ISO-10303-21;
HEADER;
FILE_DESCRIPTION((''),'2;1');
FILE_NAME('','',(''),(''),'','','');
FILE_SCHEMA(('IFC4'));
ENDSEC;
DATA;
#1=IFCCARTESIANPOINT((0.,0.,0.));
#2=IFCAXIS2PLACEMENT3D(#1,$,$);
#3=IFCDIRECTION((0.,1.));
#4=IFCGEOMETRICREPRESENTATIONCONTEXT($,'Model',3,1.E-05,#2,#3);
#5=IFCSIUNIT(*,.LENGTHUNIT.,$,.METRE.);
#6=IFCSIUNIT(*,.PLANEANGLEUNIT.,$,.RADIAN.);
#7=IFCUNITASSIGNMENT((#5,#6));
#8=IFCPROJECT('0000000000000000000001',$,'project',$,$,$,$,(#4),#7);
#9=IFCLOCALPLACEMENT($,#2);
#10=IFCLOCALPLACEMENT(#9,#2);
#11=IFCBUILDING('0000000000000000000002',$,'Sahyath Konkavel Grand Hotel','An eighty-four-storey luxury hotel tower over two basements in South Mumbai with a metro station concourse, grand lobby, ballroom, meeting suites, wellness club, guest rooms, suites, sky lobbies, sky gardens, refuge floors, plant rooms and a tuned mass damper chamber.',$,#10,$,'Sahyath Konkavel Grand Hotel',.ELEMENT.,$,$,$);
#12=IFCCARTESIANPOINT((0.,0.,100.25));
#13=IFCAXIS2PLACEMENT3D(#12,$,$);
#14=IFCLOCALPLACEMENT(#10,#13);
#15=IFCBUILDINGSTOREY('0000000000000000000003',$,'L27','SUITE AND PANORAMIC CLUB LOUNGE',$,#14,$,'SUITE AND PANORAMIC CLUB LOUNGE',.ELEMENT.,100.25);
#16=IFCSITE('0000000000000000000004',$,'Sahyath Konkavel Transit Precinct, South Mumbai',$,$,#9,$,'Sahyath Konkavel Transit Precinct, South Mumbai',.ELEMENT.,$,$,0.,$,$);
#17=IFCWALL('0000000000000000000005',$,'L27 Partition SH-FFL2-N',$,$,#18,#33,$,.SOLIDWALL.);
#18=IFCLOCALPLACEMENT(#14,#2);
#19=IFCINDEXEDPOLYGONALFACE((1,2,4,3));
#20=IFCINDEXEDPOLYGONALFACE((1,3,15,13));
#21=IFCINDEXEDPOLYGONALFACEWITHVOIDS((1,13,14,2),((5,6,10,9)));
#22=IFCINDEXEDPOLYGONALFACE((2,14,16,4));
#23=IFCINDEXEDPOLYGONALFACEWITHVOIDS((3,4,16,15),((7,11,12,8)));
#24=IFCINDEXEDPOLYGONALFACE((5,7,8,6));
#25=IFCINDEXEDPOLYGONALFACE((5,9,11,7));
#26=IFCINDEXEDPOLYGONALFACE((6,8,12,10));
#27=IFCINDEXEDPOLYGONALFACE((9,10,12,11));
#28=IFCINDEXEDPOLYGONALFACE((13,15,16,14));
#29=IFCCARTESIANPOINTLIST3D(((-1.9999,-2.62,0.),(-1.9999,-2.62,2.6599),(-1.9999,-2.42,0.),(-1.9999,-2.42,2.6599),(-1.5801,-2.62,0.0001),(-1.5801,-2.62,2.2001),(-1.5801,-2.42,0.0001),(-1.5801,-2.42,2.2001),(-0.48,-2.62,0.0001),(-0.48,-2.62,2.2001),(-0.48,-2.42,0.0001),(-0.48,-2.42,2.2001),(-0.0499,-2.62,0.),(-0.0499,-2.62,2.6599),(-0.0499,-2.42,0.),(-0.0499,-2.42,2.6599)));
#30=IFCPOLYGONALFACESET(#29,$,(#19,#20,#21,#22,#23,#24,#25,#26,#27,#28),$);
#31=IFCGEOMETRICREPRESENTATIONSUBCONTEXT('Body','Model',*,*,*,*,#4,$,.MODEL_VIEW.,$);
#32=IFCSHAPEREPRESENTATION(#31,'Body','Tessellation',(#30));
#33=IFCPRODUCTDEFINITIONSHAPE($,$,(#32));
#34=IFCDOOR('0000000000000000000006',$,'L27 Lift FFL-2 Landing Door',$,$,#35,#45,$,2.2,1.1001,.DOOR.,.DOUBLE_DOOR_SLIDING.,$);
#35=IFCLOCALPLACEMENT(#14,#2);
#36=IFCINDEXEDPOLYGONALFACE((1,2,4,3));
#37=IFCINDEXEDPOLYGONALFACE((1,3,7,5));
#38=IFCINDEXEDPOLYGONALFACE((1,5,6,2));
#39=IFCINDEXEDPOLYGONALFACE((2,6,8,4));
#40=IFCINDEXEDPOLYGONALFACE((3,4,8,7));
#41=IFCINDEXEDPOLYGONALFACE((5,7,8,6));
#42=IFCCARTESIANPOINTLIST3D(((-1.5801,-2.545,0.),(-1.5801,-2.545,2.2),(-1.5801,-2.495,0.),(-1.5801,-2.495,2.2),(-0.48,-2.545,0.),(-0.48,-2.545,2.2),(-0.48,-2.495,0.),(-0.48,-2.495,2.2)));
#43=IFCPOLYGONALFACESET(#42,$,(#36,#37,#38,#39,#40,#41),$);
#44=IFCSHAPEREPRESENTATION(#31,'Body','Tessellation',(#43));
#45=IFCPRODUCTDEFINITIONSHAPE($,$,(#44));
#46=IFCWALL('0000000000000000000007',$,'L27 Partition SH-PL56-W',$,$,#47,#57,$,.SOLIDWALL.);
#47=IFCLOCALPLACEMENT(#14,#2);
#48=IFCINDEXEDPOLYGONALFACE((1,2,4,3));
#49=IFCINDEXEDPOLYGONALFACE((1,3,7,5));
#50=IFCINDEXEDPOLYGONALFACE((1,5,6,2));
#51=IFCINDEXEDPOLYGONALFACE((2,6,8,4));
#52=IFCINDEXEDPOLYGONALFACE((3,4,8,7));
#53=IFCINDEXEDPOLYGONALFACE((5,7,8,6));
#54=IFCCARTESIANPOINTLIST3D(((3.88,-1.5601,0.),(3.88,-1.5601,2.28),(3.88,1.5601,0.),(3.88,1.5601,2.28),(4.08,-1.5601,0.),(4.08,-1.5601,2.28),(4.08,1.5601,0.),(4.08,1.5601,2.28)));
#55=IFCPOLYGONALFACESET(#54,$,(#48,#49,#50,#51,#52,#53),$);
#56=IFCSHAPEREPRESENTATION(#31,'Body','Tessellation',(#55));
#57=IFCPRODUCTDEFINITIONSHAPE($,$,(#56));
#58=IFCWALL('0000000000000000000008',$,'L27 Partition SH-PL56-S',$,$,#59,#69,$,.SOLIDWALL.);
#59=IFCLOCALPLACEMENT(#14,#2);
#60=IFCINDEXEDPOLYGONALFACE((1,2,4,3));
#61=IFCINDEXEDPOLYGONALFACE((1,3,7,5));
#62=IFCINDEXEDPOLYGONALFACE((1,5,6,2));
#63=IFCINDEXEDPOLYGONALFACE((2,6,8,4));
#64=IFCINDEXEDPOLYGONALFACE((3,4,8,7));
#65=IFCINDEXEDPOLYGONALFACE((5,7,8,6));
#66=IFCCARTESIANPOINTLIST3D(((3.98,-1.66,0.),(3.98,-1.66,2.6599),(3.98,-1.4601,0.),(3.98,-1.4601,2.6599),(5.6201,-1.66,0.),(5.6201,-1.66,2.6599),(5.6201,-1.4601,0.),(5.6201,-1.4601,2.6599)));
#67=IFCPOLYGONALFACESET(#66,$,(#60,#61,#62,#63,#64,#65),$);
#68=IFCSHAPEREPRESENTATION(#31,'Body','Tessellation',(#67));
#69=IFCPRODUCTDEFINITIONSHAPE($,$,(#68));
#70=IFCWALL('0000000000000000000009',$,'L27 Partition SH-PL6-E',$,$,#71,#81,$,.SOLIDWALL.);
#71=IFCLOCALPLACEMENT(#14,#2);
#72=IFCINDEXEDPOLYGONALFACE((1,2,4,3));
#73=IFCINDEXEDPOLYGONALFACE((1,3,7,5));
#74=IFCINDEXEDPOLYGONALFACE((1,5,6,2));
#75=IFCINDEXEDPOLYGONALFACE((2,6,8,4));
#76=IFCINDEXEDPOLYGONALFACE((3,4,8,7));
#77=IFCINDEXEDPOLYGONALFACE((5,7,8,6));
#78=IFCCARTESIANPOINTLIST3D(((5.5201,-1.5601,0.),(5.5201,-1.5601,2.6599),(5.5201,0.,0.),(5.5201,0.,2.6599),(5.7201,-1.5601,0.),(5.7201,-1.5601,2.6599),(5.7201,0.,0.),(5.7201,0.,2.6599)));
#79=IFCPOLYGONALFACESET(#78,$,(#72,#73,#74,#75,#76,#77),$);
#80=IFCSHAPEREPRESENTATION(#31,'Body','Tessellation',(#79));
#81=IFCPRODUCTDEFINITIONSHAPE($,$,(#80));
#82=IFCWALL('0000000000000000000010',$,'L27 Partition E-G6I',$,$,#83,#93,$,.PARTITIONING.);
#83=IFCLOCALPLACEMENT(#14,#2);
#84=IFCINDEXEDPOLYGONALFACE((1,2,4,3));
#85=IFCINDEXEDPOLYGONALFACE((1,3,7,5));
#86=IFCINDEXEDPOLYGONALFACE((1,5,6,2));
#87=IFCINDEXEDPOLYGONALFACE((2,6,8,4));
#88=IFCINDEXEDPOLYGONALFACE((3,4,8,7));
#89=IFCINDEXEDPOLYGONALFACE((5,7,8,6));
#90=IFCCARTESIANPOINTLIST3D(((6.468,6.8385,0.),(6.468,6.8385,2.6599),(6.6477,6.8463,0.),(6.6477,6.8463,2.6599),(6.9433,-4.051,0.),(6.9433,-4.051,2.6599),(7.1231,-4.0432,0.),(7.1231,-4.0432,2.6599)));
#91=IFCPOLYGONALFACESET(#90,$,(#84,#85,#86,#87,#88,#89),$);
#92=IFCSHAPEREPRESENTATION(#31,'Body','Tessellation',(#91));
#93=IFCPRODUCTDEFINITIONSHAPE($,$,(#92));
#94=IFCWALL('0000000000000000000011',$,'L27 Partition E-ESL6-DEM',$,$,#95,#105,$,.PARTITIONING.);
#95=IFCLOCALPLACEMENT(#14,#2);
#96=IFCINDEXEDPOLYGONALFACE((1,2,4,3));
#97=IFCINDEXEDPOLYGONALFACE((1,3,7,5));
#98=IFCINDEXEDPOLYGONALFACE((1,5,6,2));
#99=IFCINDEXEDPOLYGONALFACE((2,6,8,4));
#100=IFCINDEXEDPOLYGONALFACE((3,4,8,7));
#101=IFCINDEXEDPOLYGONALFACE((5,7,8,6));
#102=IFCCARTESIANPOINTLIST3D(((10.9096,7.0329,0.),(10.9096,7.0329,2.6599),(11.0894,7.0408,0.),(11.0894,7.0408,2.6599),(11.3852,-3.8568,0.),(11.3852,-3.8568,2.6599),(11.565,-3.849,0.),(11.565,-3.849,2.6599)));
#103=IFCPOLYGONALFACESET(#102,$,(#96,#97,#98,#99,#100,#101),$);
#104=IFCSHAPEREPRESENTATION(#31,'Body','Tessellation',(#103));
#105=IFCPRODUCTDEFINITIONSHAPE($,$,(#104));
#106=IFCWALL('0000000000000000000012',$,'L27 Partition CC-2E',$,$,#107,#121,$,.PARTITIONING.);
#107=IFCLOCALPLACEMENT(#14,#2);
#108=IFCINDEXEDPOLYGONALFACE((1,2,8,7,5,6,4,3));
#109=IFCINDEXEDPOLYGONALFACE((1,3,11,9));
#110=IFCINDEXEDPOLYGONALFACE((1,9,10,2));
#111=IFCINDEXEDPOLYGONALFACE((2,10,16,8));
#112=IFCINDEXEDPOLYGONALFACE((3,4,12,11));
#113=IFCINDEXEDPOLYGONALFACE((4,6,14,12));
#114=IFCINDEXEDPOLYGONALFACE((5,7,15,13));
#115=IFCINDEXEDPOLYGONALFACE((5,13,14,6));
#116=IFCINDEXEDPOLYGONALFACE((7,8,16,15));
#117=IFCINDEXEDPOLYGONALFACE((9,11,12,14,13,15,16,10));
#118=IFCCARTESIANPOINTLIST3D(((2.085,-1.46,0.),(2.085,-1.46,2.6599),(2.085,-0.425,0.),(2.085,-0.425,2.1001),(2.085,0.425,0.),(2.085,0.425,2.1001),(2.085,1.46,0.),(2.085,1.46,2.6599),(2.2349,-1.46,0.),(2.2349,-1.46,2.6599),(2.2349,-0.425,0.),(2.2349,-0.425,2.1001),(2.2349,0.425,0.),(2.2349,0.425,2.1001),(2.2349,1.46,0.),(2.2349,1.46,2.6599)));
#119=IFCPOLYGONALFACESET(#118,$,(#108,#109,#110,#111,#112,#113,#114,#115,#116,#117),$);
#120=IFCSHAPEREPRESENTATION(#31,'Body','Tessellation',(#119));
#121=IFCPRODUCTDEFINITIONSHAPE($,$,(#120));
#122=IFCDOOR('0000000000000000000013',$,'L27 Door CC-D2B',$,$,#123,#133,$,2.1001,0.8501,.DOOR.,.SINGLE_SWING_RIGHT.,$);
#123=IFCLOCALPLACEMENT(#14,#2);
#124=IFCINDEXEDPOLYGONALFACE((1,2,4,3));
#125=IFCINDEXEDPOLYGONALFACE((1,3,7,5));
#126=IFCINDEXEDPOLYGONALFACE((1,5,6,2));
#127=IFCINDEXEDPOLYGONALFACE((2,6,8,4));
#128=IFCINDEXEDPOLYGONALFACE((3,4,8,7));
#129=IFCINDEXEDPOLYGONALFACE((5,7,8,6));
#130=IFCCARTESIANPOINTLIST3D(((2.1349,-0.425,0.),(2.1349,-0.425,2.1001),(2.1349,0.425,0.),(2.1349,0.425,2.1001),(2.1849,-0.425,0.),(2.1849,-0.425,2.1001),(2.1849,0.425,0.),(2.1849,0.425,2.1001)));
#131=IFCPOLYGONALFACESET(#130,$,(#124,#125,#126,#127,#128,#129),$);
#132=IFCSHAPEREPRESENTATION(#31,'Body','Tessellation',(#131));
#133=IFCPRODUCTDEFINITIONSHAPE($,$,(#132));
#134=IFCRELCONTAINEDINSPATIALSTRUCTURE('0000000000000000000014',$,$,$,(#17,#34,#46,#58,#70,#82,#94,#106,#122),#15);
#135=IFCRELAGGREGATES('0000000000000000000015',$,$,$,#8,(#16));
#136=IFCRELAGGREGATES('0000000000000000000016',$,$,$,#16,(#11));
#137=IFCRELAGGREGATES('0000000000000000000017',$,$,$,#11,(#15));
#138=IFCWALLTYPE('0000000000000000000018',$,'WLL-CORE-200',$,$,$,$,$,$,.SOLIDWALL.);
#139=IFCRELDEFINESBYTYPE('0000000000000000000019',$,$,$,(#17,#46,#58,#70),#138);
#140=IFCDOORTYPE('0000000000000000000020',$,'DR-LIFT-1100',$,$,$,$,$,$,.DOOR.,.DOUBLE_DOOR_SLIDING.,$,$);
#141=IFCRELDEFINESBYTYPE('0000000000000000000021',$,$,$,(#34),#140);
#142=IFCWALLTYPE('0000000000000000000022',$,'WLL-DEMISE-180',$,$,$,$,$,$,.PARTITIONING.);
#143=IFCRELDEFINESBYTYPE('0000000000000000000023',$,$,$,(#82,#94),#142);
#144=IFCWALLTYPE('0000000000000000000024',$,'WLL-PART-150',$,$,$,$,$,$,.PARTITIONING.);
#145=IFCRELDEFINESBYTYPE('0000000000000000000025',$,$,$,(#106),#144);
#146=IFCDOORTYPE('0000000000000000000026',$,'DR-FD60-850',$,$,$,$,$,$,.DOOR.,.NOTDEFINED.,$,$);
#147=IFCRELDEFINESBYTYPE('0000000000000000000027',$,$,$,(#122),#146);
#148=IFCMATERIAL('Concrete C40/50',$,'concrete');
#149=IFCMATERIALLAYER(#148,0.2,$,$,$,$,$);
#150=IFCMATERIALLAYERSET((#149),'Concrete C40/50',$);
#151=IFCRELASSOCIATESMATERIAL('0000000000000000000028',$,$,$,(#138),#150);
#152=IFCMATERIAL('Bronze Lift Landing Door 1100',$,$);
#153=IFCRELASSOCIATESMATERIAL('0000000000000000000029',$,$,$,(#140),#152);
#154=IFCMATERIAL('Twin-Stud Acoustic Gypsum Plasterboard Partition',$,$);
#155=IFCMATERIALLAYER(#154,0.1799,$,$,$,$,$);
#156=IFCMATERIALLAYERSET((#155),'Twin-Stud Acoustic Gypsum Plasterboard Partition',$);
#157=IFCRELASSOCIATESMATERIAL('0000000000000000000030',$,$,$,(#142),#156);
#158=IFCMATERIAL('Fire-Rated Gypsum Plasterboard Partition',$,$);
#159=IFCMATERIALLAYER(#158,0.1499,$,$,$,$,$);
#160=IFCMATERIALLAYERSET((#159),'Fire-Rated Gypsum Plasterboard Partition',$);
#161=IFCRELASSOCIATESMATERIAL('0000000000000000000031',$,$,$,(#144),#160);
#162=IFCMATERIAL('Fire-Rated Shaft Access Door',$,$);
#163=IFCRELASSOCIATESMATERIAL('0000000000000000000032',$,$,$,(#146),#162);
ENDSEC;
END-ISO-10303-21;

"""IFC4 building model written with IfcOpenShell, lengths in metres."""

from ifc_helpers import new_model, si_unit, direction, frame, frame_2d, origin, origin_2d, place, context, subcontext, project, spatial, rectangle, extrude, source, transform, mapped, material, layer, layer_set, type_object, element, fill, save


model = new_model("IFC4")

# Units and contexts
model_context = context("Model", 3, precision=1e-05, world=origin(), true_north=direction((0.0, 1.0)))
body_context = subcontext(model_context, "Body", "Model", "MODEL_VIEW")
ifc_project = project(units=[si_unit("LENGTHUNIT", "METRE"), si_unit("PLANEANGLEUNIT", "RADIAN")], contexts=[model_context])

# Site, building, storey
site_placement = place(None, origin())
site = spatial("IfcSite", under=ifc_project, at=site_placement, Name="Sahyath Konkavel Transit Precinct, South Mumbai", LongName="Sahyath Konkavel Transit Precinct, South Mumbai", CompositionType="ELEMENT", RefElevation=0.0)
building_placement = place(site_placement, origin())
building = spatial("IfcBuilding", under=site, at=building_placement, Name="Sahyath Konkavel Grand Hotel", Description="An eighty-four-storey luxury hotel tower over two basements in South Mumbai with a metro station concourse, grand lobby, ballroom, meeting suites, wellness club, guest rooms, suites, sky lobbies, sky gardens, refuge floors, plant rooms and a tuned mass damper chamber.", LongName="Sahyath Konkavel Grand Hotel", CompositionType="ELEMENT")
storey_placement = place(building_placement, frame((0.0, 0.0, 100.25)))
storey = spatial("IfcBuildingStorey", under=building, at=storey_placement, Name="L27", Description="SUITE AND PANORAMIC CLUB LOUNGE", LongName="SUITE AND PANORAMIC CLUB LOUNGE", CompositionType="ELEMENT", Elevation=100.25)

# Shared definitions
ifc_material_1 = material(Name="Concrete C40/50", Category="concrete")
ifc_layer_1 = layer(ifc_material_1, 0.2)
ifc_layer_set_1 = layer_set([ifc_layer_1], Name="Concrete C40/50")
wall_type_1 = type_object("IfcWallType", Name="WLL-CORE-200", PredefinedType="SOLIDWALL", material=ifc_layer_set_1)

# Wall, opening, door
wall_1_placement = place(storey_placement, frame((-2.0, -2.52, 0.0), z_axis=(0.0, 0.0, 1.0), x_axis=(1.0, 0.0, 0.0)))
wall_1 = element("IfcWall", 1, at=wall_1_placement, inside=storey, type_object=wall_type_1, Name="L27 Partition SH-FFL2-N", PredefinedType="SOLIDWALL", context=body_context, shape_type="SweptSolid", body=[
    extrude(rectangle(XDim=1.95, YDim=0.2, at=frame_2d((0.9751, 0.0))), origin(), (0.0, 0.0, 1.0), 2.6599),
])
opening_1_placement = place(wall_1_placement, frame((0.4199, 0.0, 0.0)))
opening_1 = element("IfcOpeningElement", 2, at=opening_1_placement, cuts=wall_1, PredefinedType="OPENING", context=body_context, shape_type="SweptSolid", body=[
    extrude(rectangle(XDim=1.1001, YDim=2.2, at=frame_2d((0.55, 1.1001))), frame((0.0, 0.1099, 0.0), z_axis=(0.0, -1.0, 0.0), x_axis=(1.0, 0.0, 0.0)), (0.0, 0.0, 1.0), 0.22),
])
ifc_material_2 = material(Name="Bronze Lift Landing Door 1100")
door_type_1 = type_object("IfcDoorType", Name="DR-LIFT-1100", OperationType="DOUBLE_DOOR_SLIDING", PredefinedType="DOOR", material=ifc_material_2)
shared_shape_1 = source(origin(), body_context, "Body", "SweptSolid", [
    extrude(rectangle(XDim=1.1001, YDim=0.05, at=origin_2d()), origin(), (0.0, 0.0, 1.0), 2.2),
])
door_1_placement = place(opening_1_placement, frame((0.55, 0.0, 0.0)))
door_1 = element("IfcDoor", 3, at=door_1_placement, inside=storey, type_object=door_type_1, Name="L27 Lift FFL-2 Landing Door", OperationType="DOUBLE_DOOR_SLIDING", OverallHeight=2.2, OverallWidth=1.1001, PredefinedType="DOOR", context=body_context, shape_type="MappedRepresentation", body=[
    mapped(shared_shape_1, transform((0.0, 0.0, 0.0), scale=1.0)),
])
fill(opening_1, door_1)

# Walls
wall_2_placement = place(storey_placement, frame((3.98, -1.5601, 0.0), z_axis=(0.0, 0.0, 1.0), x_axis=(0.0, 1.0, 0.0)))
element("IfcWall", 4, at=wall_2_placement, inside=storey, type_object=wall_type_1, Name="L27 Partition SH-PL56-W", PredefinedType="SOLIDWALL", context=body_context, shape_type="SweptSolid", body=[
    extrude(rectangle(XDim=3.1201, YDim=0.2, at=frame_2d((1.5601, 0.0))), origin(), (0.0, 0.0, 1.0), 2.28),
])
wall_3_placement = place(storey_placement, frame((3.98, -1.5601, 0.0), z_axis=(0.0, 0.0, 1.0), x_axis=(1.0, 0.0, 0.0)))
element("IfcWall", 5, at=wall_3_placement, inside=storey, type_object=wall_type_1, Name="L27 Partition SH-PL56-S", PredefinedType="SOLIDWALL", context=body_context, shape_type="SweptSolid", body=[
    extrude(rectangle(XDim=1.6401, YDim=0.2, at=frame_2d((0.8201, 0.0))), origin(), (0.0, 0.0, 1.0), 2.6599),
])
wall_4_placement = place(storey_placement, frame((5.6201, -1.5601, 0.0), z_axis=(0.0, 0.0, 1.0), x_axis=(0.0, 1.0, 0.0)))
element("IfcWall", 6, at=wall_4_placement, inside=storey, type_object=wall_type_1, Name="L27 Partition SH-PL6-E", PredefinedType="SOLIDWALL", context=body_context, shape_type="SweptSolid", body=[
    extrude(rectangle(XDim=1.5601, YDim=0.2, at=frame_2d((0.78, 0.0))), origin(), (0.0, 0.0, 1.0), 2.6599),
])
ifc_material_3 = material(Name="Twin-Stud Acoustic Gypsum Plasterboard Partition")
ifc_layer_2 = layer(ifc_material_3, 0.1799)
ifc_layer_set_2 = layer_set([ifc_layer_2], Name="Twin-Stud Acoustic Gypsum Plasterboard Partition")
wall_type_2 = type_object("IfcWallType", Name="WLL-DEMISE-180", PredefinedType="PARTITIONING", material=ifc_layer_set_2)
wall_5_placement = place(storey_placement, frame((7.0332, -4.0471, 0.0), z_axis=(0.0, 0.0, 1.0), x_axis=(-0.043609, 0.999049, 0.0)))
element("IfcWall", 7, at=wall_5_placement, inside=storey, type_object=wall_type_2, Name="L27 Partition E-G6I", PredefinedType="PARTITIONING", context=body_context, shape_type="SweptSolid", body=[
    extrude(rectangle(XDim=10.8999, YDim=0.1799, at=frame_2d((5.45, 0.0))), origin(), (0.0, 0.0, 1.0), 2.6599),
])
wall_6_placement = place(storey_placement, frame((11.4751, -3.853, 0.0), z_axis=(0.0, 0.0, 1.0), x_axis=(-0.043632, 0.999048, 0.0)))
element("IfcWall", 8, at=wall_6_placement, inside=storey, type_object=wall_type_2, Name="L27 Partition E-ESL6-DEM", PredefinedType="PARTITIONING", context=body_context, shape_type="SweptSolid", body=[
    extrude(rectangle(XDim=10.9001, YDim=0.1799, at=frame_2d((5.4502, 0.0))), origin(), (0.0, 0.0, 1.0), 2.6599),
])

# Wall, opening, door
ifc_material_4 = material(Name="Fire-Rated Gypsum Plasterboard Partition")
ifc_layer_3 = layer(ifc_material_4, 0.1499)
ifc_layer_set_3 = layer_set([ifc_layer_3], Name="Fire-Rated Gypsum Plasterboard Partition")
wall_type_3 = type_object("IfcWallType", Name="WLL-PART-150", PredefinedType="PARTITIONING", material=ifc_layer_set_3)
wall_7_placement = place(storey_placement, frame((2.1599, -1.46, 0.0), z_axis=(0.0, 0.0, 1.0), x_axis=(0.0, 1.0, 0.0)))
wall_7 = element("IfcWall", 9, at=wall_7_placement, inside=storey, type_object=wall_type_3, Name="L27 Partition CC-2E", PredefinedType="PARTITIONING", context=body_context, shape_type="SweptSolid", body=[
    extrude(rectangle(XDim=2.9199, YDim=0.1499, at=frame_2d((1.46, 0.0))), origin(), (0.0, 0.0, 1.0), 2.6599),
])
opening_2_placement = place(wall_7_placement, frame((1.0349, 0.0, 0.0)))
opening_2 = element("IfcOpeningElement", 10, at=opening_2_placement, cuts=wall_7, PredefinedType="OPENING", context=body_context, shape_type="SweptSolid", body=[
    extrude(rectangle(XDim=0.8501, YDim=2.1001, at=frame_2d((0.425, 1.05))), frame((0.0, 0.085, 0.0), z_axis=(0.0, -1.0, 0.0), x_axis=(1.0, 0.0, 0.0)), (0.0, 0.0, 1.0), 0.1699),
])
ifc_material_5 = material(Name="Fire-Rated Shaft Access Door")
door_type_2 = type_object("IfcDoorType", Name="DR-FD60-850", OperationType="NOTDEFINED", PredefinedType="DOOR", material=ifc_material_5)
shared_shape_2 = source(origin(), body_context, "Body", "SweptSolid", [
    extrude(rectangle(XDim=0.8501, YDim=0.05, at=origin_2d()), origin(), (0.0, 0.0, 1.0), 2.1001),
])
door_2_placement = place(opening_2_placement, frame((0.425, 0.0, 0.0)))
door_2 = element("IfcDoor", 11, at=door_2_placement, inside=storey, type_object=door_type_2, Name="L27 Door CC-D2B", OperationType="SINGLE_SWING_RIGHT", OverallHeight=2.1001, OverallWidth=0.8501, PredefinedType="DOOR", context=body_context, shape_type="MappedRepresentation", body=[
    mapped(shared_shape_2, transform((0.0, 0.0, 0.0), scale=1.0)),
])
fill(opening_2, door_2)

save(model, "model.ifc")
